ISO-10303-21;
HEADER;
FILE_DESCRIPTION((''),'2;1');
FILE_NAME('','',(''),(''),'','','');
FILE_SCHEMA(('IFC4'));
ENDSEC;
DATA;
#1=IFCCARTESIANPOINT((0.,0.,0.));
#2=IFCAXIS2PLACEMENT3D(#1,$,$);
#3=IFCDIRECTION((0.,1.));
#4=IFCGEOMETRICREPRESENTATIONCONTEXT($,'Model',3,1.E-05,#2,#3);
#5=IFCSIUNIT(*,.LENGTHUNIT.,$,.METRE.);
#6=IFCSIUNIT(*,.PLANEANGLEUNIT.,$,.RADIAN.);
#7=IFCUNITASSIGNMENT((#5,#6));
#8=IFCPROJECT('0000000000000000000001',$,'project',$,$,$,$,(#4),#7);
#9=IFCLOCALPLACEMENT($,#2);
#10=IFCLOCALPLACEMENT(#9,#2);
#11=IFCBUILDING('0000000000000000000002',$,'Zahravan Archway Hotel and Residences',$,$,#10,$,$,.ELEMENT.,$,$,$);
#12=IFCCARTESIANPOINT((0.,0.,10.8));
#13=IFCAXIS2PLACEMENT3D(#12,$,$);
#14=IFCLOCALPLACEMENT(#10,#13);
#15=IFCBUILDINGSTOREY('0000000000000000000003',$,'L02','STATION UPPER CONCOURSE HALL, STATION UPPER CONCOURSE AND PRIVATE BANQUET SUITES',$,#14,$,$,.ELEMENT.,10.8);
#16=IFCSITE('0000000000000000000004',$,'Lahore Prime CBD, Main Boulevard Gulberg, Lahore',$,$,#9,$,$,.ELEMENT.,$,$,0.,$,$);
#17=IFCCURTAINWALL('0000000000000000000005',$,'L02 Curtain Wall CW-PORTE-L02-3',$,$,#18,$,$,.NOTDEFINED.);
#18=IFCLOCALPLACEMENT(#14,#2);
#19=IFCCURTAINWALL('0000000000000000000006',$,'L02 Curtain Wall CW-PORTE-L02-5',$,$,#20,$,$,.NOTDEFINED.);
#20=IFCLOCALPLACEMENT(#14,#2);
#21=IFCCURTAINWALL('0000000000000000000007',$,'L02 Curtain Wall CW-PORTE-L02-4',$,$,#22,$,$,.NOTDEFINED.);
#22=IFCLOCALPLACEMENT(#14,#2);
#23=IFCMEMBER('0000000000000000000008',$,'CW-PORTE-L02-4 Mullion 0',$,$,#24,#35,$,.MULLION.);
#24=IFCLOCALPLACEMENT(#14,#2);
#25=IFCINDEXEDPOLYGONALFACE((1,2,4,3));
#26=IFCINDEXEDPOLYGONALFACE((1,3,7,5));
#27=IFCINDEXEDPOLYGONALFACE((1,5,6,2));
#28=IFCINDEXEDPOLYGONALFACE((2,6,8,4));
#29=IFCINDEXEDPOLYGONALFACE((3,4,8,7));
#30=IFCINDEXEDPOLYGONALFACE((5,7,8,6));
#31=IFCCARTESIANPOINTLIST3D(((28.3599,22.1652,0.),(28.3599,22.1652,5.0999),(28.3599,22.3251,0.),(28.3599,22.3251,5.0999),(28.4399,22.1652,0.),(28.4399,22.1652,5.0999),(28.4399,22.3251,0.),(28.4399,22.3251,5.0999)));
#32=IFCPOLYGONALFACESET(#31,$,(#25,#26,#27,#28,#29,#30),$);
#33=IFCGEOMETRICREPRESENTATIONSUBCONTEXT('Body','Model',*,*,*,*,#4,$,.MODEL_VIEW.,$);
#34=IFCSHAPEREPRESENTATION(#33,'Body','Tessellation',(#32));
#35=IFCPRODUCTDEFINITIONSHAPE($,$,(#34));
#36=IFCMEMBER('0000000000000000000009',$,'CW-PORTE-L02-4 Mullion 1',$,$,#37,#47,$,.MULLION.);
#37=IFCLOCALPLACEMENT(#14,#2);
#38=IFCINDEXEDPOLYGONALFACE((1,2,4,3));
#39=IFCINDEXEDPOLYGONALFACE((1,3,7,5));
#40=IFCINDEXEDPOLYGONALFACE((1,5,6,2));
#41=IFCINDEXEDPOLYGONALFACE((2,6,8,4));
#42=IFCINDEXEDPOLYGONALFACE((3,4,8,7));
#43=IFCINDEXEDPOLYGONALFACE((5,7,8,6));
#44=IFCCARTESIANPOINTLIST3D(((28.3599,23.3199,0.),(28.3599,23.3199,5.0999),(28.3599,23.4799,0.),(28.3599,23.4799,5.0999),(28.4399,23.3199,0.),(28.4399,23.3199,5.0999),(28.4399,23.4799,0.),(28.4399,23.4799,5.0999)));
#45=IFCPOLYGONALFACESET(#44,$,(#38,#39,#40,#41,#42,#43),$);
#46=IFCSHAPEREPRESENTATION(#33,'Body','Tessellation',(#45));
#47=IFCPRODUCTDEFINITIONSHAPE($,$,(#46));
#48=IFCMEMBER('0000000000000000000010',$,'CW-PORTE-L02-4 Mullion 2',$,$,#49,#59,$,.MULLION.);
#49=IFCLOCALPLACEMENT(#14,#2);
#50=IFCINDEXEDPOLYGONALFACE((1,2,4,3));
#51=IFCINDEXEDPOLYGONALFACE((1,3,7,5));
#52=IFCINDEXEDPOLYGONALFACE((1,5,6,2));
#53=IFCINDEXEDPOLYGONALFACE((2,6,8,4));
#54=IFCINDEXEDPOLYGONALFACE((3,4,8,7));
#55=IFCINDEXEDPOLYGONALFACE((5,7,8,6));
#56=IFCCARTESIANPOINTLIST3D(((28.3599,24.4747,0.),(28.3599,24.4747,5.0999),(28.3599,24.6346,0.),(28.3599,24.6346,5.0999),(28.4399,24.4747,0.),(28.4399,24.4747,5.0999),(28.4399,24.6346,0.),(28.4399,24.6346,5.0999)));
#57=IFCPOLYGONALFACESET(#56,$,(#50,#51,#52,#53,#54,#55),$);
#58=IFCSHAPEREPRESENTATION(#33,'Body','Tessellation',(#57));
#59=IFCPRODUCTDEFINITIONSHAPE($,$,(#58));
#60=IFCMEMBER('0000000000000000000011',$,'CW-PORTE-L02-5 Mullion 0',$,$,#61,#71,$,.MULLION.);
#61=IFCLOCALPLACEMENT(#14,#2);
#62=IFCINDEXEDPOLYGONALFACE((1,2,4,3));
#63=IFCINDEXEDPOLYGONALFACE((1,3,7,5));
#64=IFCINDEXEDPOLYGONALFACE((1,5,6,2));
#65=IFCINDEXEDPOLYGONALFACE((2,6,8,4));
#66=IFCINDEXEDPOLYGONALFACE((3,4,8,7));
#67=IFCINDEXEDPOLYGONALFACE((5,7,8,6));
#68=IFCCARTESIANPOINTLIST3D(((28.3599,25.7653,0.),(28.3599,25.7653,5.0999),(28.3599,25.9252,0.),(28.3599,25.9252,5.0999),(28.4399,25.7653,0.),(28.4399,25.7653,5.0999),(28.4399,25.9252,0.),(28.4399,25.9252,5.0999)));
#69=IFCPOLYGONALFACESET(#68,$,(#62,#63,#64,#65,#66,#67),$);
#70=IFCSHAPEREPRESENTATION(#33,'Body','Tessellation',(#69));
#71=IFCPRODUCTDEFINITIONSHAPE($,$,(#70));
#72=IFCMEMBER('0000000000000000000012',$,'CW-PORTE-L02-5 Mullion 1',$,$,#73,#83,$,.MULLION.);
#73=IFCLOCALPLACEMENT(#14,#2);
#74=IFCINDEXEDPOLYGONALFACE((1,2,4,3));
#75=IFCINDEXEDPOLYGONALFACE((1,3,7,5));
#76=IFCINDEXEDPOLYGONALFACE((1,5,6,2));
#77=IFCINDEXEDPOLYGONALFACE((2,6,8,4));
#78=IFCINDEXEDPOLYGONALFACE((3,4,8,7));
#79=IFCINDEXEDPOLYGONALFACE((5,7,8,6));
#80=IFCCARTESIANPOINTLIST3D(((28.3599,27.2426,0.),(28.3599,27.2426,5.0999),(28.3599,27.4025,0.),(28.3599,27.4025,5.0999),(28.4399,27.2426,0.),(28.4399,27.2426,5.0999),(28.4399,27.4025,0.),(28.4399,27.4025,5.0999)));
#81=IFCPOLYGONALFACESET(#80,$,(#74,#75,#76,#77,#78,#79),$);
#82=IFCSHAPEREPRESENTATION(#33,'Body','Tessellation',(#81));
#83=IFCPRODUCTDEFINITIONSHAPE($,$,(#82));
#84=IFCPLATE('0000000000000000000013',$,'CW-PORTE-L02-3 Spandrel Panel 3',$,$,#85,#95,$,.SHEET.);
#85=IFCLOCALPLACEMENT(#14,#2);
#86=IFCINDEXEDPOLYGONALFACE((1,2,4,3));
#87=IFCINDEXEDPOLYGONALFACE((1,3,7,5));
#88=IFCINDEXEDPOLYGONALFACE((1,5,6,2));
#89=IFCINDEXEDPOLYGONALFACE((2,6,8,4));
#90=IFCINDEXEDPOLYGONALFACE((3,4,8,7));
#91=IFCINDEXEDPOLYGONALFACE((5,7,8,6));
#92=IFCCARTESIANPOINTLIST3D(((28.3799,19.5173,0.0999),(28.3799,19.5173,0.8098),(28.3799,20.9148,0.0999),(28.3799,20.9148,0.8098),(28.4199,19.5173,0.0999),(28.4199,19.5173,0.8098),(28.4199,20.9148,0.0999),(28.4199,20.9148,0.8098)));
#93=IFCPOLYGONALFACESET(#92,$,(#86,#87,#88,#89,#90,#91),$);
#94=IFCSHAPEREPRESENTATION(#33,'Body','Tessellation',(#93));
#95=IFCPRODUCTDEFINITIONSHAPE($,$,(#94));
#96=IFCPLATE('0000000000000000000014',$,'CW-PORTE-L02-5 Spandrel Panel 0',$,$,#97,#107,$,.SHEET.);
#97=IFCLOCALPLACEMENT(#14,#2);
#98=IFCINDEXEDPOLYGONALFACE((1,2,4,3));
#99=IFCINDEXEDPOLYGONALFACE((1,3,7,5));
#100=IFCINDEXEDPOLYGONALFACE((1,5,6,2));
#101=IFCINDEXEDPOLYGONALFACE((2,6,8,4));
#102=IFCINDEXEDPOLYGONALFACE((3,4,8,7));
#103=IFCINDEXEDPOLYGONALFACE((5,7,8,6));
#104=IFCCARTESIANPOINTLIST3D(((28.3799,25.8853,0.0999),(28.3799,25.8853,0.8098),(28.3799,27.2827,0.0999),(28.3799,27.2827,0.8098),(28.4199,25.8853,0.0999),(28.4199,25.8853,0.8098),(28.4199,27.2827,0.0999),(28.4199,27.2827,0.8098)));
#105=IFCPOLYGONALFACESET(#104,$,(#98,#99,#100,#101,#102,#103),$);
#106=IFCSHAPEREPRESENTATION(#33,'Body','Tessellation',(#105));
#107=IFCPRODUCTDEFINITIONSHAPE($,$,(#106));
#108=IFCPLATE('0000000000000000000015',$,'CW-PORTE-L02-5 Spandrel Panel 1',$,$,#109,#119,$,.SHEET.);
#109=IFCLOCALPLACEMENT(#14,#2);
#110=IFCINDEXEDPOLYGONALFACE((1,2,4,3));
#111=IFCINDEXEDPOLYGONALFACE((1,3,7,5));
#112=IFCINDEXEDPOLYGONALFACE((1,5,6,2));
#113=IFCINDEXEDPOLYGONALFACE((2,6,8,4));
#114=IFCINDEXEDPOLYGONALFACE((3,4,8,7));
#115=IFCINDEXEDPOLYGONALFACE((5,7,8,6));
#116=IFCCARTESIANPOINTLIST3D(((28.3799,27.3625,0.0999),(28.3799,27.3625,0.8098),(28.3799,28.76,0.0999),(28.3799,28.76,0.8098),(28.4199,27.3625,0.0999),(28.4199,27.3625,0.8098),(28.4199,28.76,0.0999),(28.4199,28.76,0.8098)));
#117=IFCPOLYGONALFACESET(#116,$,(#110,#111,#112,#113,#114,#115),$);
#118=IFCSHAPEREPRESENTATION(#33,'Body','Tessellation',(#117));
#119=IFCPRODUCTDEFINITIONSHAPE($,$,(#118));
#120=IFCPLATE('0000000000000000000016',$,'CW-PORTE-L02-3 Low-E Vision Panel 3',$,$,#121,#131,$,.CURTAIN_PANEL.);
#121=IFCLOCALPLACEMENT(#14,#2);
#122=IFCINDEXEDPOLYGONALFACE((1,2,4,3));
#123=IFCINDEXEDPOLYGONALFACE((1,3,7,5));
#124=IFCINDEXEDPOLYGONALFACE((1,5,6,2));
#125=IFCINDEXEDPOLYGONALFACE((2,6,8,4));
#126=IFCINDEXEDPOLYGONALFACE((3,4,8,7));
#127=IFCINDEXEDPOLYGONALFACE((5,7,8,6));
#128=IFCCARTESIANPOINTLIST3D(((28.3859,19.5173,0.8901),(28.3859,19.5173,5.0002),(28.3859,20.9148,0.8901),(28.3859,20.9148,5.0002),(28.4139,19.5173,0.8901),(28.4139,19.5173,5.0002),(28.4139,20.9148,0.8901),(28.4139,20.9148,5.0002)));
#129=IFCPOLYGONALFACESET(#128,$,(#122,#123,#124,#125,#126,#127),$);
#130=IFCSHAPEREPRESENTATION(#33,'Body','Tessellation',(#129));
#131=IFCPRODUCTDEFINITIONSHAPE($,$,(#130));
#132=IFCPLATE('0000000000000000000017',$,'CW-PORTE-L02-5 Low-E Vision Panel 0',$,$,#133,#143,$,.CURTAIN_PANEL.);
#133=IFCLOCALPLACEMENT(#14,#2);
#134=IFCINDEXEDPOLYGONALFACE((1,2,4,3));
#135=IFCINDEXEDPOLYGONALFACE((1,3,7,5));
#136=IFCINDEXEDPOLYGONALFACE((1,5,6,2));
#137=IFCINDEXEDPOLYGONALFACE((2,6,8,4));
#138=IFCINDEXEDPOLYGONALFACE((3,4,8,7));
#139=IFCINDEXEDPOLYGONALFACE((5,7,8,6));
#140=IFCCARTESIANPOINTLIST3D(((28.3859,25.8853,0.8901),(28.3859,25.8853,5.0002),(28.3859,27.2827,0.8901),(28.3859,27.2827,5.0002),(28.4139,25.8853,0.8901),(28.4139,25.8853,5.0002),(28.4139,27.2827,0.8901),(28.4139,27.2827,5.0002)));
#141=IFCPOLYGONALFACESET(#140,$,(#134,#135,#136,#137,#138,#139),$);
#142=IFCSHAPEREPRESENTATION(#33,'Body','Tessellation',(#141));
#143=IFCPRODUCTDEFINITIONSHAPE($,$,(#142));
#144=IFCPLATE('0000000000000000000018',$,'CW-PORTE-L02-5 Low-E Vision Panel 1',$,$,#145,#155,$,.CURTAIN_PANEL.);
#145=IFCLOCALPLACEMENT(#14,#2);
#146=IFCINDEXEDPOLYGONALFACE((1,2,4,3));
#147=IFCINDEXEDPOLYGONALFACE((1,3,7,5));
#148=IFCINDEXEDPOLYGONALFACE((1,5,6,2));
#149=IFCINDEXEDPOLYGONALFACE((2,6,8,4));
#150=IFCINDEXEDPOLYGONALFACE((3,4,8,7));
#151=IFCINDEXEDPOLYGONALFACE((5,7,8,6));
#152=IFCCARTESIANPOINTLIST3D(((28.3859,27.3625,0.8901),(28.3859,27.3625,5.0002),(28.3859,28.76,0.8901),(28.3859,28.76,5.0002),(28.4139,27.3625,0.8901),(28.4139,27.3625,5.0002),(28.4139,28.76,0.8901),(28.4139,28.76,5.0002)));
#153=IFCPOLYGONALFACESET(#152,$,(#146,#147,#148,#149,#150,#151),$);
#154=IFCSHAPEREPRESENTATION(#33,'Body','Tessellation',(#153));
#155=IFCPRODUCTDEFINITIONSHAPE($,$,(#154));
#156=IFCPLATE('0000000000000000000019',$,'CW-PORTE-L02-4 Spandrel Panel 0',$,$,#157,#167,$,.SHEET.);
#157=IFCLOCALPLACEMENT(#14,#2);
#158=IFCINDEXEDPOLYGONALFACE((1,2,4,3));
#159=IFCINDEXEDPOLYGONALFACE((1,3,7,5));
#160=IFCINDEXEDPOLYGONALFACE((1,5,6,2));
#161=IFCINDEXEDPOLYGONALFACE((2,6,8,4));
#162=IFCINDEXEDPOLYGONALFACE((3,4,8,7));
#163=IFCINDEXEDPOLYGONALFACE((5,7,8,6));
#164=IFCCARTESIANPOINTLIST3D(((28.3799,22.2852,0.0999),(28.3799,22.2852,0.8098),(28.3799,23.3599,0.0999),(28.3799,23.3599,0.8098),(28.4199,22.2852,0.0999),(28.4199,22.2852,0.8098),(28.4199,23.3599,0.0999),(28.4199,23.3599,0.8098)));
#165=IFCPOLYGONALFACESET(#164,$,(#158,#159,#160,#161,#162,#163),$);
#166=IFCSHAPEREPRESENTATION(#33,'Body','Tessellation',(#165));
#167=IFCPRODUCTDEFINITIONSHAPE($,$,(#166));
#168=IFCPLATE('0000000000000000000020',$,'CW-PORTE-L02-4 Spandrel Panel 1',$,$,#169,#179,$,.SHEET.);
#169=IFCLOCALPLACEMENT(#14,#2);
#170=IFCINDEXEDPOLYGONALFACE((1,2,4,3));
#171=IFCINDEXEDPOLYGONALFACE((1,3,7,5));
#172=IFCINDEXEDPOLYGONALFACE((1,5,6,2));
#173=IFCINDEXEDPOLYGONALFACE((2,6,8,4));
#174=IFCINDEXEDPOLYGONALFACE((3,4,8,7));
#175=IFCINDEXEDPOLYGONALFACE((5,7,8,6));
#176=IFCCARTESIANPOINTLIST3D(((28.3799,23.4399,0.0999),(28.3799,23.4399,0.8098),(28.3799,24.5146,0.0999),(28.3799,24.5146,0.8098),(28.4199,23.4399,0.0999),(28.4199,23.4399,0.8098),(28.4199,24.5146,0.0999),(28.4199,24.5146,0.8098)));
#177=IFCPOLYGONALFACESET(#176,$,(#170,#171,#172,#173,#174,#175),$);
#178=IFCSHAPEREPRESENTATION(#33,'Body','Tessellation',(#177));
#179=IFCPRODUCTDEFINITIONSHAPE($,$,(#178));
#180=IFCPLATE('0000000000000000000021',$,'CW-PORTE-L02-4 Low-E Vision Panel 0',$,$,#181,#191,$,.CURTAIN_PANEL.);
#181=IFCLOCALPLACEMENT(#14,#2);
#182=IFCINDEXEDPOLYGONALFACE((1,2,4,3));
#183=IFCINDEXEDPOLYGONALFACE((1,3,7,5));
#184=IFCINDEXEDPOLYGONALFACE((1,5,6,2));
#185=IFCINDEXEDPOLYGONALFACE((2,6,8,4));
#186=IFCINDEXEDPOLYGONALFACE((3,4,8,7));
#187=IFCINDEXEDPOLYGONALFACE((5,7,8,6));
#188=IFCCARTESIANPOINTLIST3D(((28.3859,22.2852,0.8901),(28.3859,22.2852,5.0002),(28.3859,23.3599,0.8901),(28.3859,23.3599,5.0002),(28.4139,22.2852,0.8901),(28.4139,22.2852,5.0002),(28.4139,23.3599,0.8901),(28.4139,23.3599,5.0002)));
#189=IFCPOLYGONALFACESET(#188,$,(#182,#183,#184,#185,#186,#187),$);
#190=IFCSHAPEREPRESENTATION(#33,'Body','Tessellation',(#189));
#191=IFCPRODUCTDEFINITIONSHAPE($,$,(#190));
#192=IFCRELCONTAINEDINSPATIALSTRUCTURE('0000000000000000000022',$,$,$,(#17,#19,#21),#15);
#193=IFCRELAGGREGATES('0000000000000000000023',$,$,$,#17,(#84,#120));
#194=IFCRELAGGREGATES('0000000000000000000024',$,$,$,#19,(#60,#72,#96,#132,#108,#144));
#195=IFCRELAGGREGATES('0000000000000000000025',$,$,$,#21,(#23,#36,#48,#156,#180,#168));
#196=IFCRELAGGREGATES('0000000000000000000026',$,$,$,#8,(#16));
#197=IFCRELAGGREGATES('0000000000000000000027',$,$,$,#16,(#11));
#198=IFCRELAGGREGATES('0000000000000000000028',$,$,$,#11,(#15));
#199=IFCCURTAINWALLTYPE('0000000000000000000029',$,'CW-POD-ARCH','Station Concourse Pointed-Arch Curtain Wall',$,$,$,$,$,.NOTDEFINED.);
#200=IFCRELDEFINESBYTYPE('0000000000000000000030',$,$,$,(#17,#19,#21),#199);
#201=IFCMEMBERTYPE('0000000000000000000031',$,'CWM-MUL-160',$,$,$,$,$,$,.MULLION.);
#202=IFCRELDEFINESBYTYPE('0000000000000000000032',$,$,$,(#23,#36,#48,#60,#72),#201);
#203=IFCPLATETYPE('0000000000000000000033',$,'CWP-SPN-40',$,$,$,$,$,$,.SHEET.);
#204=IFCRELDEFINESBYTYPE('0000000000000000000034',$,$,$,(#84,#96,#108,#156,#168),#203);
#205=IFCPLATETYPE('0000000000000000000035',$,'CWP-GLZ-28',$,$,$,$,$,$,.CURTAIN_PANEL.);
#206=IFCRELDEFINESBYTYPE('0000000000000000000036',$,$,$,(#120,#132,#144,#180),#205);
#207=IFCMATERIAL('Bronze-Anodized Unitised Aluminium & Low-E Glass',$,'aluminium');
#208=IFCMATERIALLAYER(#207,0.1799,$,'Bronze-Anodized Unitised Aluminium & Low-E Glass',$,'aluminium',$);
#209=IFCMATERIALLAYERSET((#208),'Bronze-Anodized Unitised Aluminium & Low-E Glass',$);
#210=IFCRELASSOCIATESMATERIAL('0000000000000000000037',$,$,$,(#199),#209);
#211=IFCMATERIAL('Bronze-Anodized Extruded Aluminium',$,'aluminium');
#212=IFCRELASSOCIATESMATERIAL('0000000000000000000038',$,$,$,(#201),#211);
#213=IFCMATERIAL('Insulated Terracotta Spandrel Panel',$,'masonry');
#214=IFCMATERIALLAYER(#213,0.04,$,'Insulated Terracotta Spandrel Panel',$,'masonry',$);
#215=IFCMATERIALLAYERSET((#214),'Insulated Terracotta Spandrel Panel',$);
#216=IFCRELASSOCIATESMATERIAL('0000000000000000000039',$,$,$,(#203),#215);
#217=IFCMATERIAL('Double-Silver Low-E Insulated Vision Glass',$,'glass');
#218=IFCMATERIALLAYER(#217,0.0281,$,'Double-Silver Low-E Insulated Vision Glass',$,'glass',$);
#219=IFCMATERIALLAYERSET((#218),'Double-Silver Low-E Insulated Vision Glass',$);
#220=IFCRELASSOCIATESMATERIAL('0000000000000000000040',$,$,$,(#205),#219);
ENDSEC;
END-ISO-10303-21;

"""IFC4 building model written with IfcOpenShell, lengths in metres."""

from ifc_helpers import new_model, si_unit, direction, frame, origin, origin_2d, place, context, subcontext, project, spatial, rectangle, extrude, source, transform, mapped, material, layer, layer_set, material_profile, profile_set, type_object, element, aggregate, save


model = new_model("IFC4")

# Units and contexts
model_context = context("Model", 3, precision=1e-05, world=origin(), true_north=direction((0.0, 1.0)))
body_context = subcontext(model_context, "Body", "Model", "MODEL_VIEW")
ifc_project = project(units=[si_unit("LENGTHUNIT", "METRE"), si_unit("PLANEANGLEUNIT", "RADIAN")], contexts=[model_context])

# Site, building, storey
site_placement = place(None, origin())
site = spatial("IfcSite", under=ifc_project, at=site_placement, Name="Lahore Prime CBD, Main Boulevard Gulberg, Lahore", CompositionType="ELEMENT", RefElevation=0.0)
building_placement = place(site_placement, origin())
building = spatial("IfcBuilding", under=site, at=building_placement, Name="Zahravan Archway Hotel and Residences", CompositionType="ELEMENT")
storey_placement = place(building_placement, frame((0.0, 0.0, 10.8)))
storey = spatial("IfcBuildingStorey", under=building, at=storey_placement, Name="L02", Description="STATION UPPER CONCOURSE HALL, STATION UPPER CONCOURSE AND PRIVATE BANQUET SUITES", CompositionType="ELEMENT", Elevation=10.8)

# Curtain walls, members
ifc_material_1 = material(Name="Bronze-Anodized Unitised Aluminium & Low-E Glass", Category="aluminium")
ifc_layer_1 = layer(ifc_material_1, 0.1799, Name="Bronze-Anodized Unitised Aluminium & Low-E Glass", Category="aluminium")
ifc_layer_set_1 = layer_set([ifc_layer_1], Name="Bronze-Anodized Unitised Aluminium & Low-E Glass")
curtain_wall_type = type_object("IfcCurtainWallType", Name="CW-POD-ARCH", Description="Station Concourse Pointed-Arch Curtain Wall", PredefinedType="NOTDEFINED", material=ifc_layer_set_1)
curtain_wall_1_placement = place(storey_placement, origin())
curtain_wall_1 = element("IfcCurtainWall", 1, at=curtain_wall_1_placement, inside=storey, type_object=curtain_wall_type, Name="L02 Curtain Wall CW-PORTE-L02-3", PredefinedType="NOTDEFINED")
ifc_material_2 = material(Name="Bronze-Anodized Extruded Aluminium", Category="aluminium")
curtain_wall_2_placement = place(storey_placement, origin())
curtain_wall_2 = element("IfcCurtainWall", 2, at=curtain_wall_2_placement, inside=storey, type_object=curtain_wall_type, Name="L02 Curtain Wall CW-PORTE-L02-5", PredefinedType="NOTDEFINED")
curtain_wall_3_placement = place(storey_placement, origin())
curtain_wall_3 = element("IfcCurtainWall", 3, at=curtain_wall_3_placement, inside=storey, type_object=curtain_wall_type, Name="L02 Curtain Wall CW-PORTE-L02-4", PredefinedType="NOTDEFINED")
ifc_material_profile_1 = material_profile(ifc_material_2, rectangle(XDim=0.0801, YDim=0.1599, at=origin_2d()), Name="MUL 80x160", Category="aluminium")
ifc_profile_set_1 = profile_set([ifc_material_profile_1], Name="Bronze-Anodized Extruded Aluminium")
member_type_1 = type_object("IfcMemberType", Name="CWM-MUL-160", PredefinedType="MULLION", material=ifc_profile_set_1)
shared_shape_1 = source(origin(), body_context, "Body", "SweptSolid", [
    extrude(rectangle(XDim=0.0801, YDim=0.1599, at=origin_2d()), origin(), (0.0, 0.0, 1.0), 5.0999),
])
member_1_placement = place(storey_placement, frame((28.3999, 22.2451, 0.0), z_axis=(0.0, 0.0, 1.0), x_axis=(1.0, 0.0, 0.0)))
member_1 = element("IfcMember", 4, at=member_1_placement, type_object=member_type_1, Name="CW-PORTE-L02-4 Mullion 0", PredefinedType="MULLION", context=body_context, shape_type="MappedRepresentation", body=[
    mapped(shared_shape_1, transform((0.0, 0.0, 0.0), scale=1.0)),
])
member_2_placement = place(storey_placement, frame((28.3999, 23.3999, 0.0), z_axis=(0.0, 0.0, 1.0), x_axis=(1.0, 0.0, 0.0)))
member_2 = element("IfcMember", 5, at=member_2_placement, type_object=member_type_1, Name="CW-PORTE-L02-4 Mullion 1", PredefinedType="MULLION", context=body_context, shape_type="MappedRepresentation", body=[
    mapped(shared_shape_1, transform((0.0, 0.0, 0.0), scale=1.0)),
])
member_3_placement = place(storey_placement, frame((28.3999, 24.5547, 0.0), z_axis=(0.0, 0.0, 1.0), x_axis=(1.0, 0.0, 0.0)))
member_3 = element("IfcMember", 6, at=member_3_placement, type_object=member_type_1, Name="CW-PORTE-L02-4 Mullion 2", PredefinedType="MULLION", context=body_context, shape_type="MappedRepresentation", body=[
    mapped(shared_shape_1, transform((0.0, 0.0, 0.0), scale=1.0)),
])

# Members
member_4_placement = place(storey_placement, frame((28.3999, 25.8452, 0.0), z_axis=(0.0, 0.0, 1.0), x_axis=(1.0, 0.0, 0.0)))
member_4 = element("IfcMember", 7, at=member_4_placement, type_object=member_type_1, Name="CW-PORTE-L02-5 Mullion 0", PredefinedType="MULLION", context=body_context, shape_type="MappedRepresentation", body=[
    mapped(shared_shape_1, transform((0.0, 0.0, 0.0), scale=1.0)),
])
member_5_placement = place(storey_placement, frame((28.3999, 27.3225, 0.0), z_axis=(0.0, 0.0, 1.0), x_axis=(1.0, 0.0, 0.0)))
member_5 = element("IfcMember", 8, at=member_5_placement, type_object=member_type_1, Name="CW-PORTE-L02-5 Mullion 1", PredefinedType="MULLION", context=body_context, shape_type="MappedRepresentation", body=[
    mapped(shared_shape_1, transform((0.0, 0.0, 0.0), scale=1.0)),
])

# Plates
ifc_material_3 = material(Name="Insulated Terracotta Spandrel Panel", Category="masonry")
ifc_layer_2 = layer(ifc_material_3, 0.04, Name="Insulated Terracotta Spandrel Panel", Category="masonry")
ifc_layer_set_2 = layer_set([ifc_layer_2], Name="Insulated Terracotta Spandrel Panel")
plate_type_1 = type_object("IfcPlateType", Name="CWP-SPN-40", PredefinedType="SHEET", material=ifc_layer_set_2)
shared_shape_2 = source(origin(), body_context, "Body", "SweptSolid", [
    extrude(rectangle(XDim=1.3975, YDim=0.04, at=origin_2d()), origin(), (0.0, 0.0, 1.0), 0.71),
])
plate_1_placement = place(storey_placement, frame((28.3999, 20.2161, 0.0999), z_axis=(0.0, 0.0, 1.0), x_axis=(0.0, 1.0, 0.0)))
plate_1 = element("IfcPlate", 9, at=plate_1_placement, type_object=plate_type_1, Name="CW-PORTE-L02-3 Spandrel Panel 3", PredefinedType="SHEET", context=body_context, shape_type="MappedRepresentation", body=[
    mapped(shared_shape_2, transform((0.0, 0.0, 0.0), scale=1.0)),
])
plate_2_placement = place(storey_placement, frame((28.3999, 26.584, 0.0999), z_axis=(0.0, 0.0, 1.0), x_axis=(0.0, 1.0, 0.0)))
plate_2 = element("IfcPlate", 10, at=plate_2_placement, type_object=plate_type_1, Name="CW-PORTE-L02-5 Spandrel Panel 0", PredefinedType="SHEET", context=body_context, shape_type="MappedRepresentation", body=[
    mapped(shared_shape_2, transform((0.0, 0.0, 0.0), scale=1.0)),
])
plate_3_placement = place(storey_placement, frame((28.3999, 28.0613, 0.0999), z_axis=(0.0, 0.0, 1.0), x_axis=(0.0, 1.0, 0.0)))
plate_3 = element("IfcPlate", 11, at=plate_3_placement, type_object=plate_type_1, Name="CW-PORTE-L02-5 Spandrel Panel 1", PredefinedType="SHEET", context=body_context, shape_type="MappedRepresentation", body=[
    mapped(shared_shape_2, transform((0.0, 0.0, 0.0), scale=1.0)),
])
ifc_material_4 = material(Name="Double-Silver Low-E Insulated Vision Glass", Category="glass")
ifc_layer_3 = layer(ifc_material_4, 0.0281, Name="Double-Silver Low-E Insulated Vision Glass", Category="glass")
ifc_layer_set_3 = layer_set([ifc_layer_3], Name="Double-Silver Low-E Insulated Vision Glass")
plate_type_2 = type_object("IfcPlateType", Name="CWP-GLZ-28", PredefinedType="CURTAIN_PANEL", material=ifc_layer_set_3)
shared_shape_3 = source(origin(), body_context, "Body", "SweptSolid", [
    extrude(rectangle(XDim=1.3975, YDim=0.0281, at=origin_2d()), origin(), (0.0, 0.0, 1.0), 4.1101),
])
plate_4_placement = place(storey_placement, frame((28.3999, 20.2161, 0.8901), z_axis=(0.0, 0.0, 1.0), x_axis=(0.0, 1.0, 0.0)))
plate_4 = element("IfcPlate", 12, at=plate_4_placement, type_object=plate_type_2, Name="CW-PORTE-L02-3 Low-E Vision Panel 3", PredefinedType="CURTAIN_PANEL", context=body_context, shape_type="MappedRepresentation", body=[
    mapped(shared_shape_3, transform((0.0, 0.0, 0.0), scale=1.0)),
])
aggregate(curtain_wall_1, [plate_1, plate_4])
plate_5_placement = place(storey_placement, frame((28.3999, 26.584, 0.8901), z_axis=(0.0, 0.0, 1.0), x_axis=(0.0, 1.0, 0.0)))
plate_5 = element("IfcPlate", 13, at=plate_5_placement, type_object=plate_type_2, Name="CW-PORTE-L02-5 Low-E Vision Panel 0", PredefinedType="CURTAIN_PANEL", context=body_context, shape_type="MappedRepresentation", body=[
    mapped(shared_shape_3, transform((0.0, 0.0, 0.0), scale=1.0)),
])
plate_6_placement = place(storey_placement, frame((28.3999, 28.0613, 0.8901), z_axis=(0.0, 0.0, 1.0), x_axis=(0.0, 1.0, 0.0)))
plate_6 = element("IfcPlate", 14, at=plate_6_placement, type_object=plate_type_2, Name="CW-PORTE-L02-5 Low-E Vision Panel 1", PredefinedType="CURTAIN_PANEL", context=body_context, shape_type="MappedRepresentation", body=[
    mapped(shared_shape_3, transform((0.0, 0.0, 0.0), scale=1.0)),
])
aggregate(curtain_wall_2, [member_4, member_5, plate_2, plate_5, plate_3, plate_6])
shared_shape_4 = source(origin(), body_context, "Body", "SweptSolid", [
    extrude(rectangle(XDim=1.0747, YDim=0.04, at=origin_2d()), origin(), (0.0, 0.0, 1.0), 0.71),
])
plate_7_placement = place(storey_placement, frame((28.3999, 22.8225, 0.0999), z_axis=(0.0, 0.0, 1.0), x_axis=(0.0, 1.0, 0.0)))
plate_7 = element("IfcPlate", 15, at=plate_7_placement, type_object=plate_type_1, Name="CW-PORTE-L02-4 Spandrel Panel 0", PredefinedType="SHEET", context=body_context, shape_type="MappedRepresentation", body=[
    mapped(shared_shape_4, transform((0.0, 0.0, 0.0), scale=1.0)),
])
plate_8_placement = place(storey_placement, frame((28.3999, 23.9773, 0.0999), z_axis=(0.0, 0.0, 1.0), x_axis=(0.0, 1.0, 0.0)))
plate_8 = element("IfcPlate", 16, at=plate_8_placement, type_object=plate_type_1, Name="CW-PORTE-L02-4 Spandrel Panel 1", PredefinedType="SHEET", context=body_context, shape_type="MappedRepresentation", body=[
    mapped(shared_shape_4, transform((0.0, 0.0, 0.0), scale=1.0)),
])
shared_shape_5 = source(origin(), body_context, "Body", "SweptSolid", [
    extrude(rectangle(XDim=1.0747, YDim=0.0281, at=origin_2d()), origin(), (0.0, 0.0, 1.0), 4.1101),
])
plate_9_placement = place(storey_placement, frame((28.3999, 22.8225, 0.8901), z_axis=(0.0, 0.0, 1.0), x_axis=(0.0, 1.0, 0.0)))
plate_9 = element("IfcPlate", 17, at=plate_9_placement, type_object=plate_type_2, Name="CW-PORTE-L02-4 Low-E Vision Panel 0", PredefinedType="CURTAIN_PANEL", context=body_context, shape_type="MappedRepresentation", body=[
    mapped(shared_shape_5, transform((0.0, 0.0, 0.0), scale=1.0)),
])
aggregate(curtain_wall_3, [member_1, member_2, member_3, plate_7, plate_9, plate_8])

save(model, "model.ifc")
